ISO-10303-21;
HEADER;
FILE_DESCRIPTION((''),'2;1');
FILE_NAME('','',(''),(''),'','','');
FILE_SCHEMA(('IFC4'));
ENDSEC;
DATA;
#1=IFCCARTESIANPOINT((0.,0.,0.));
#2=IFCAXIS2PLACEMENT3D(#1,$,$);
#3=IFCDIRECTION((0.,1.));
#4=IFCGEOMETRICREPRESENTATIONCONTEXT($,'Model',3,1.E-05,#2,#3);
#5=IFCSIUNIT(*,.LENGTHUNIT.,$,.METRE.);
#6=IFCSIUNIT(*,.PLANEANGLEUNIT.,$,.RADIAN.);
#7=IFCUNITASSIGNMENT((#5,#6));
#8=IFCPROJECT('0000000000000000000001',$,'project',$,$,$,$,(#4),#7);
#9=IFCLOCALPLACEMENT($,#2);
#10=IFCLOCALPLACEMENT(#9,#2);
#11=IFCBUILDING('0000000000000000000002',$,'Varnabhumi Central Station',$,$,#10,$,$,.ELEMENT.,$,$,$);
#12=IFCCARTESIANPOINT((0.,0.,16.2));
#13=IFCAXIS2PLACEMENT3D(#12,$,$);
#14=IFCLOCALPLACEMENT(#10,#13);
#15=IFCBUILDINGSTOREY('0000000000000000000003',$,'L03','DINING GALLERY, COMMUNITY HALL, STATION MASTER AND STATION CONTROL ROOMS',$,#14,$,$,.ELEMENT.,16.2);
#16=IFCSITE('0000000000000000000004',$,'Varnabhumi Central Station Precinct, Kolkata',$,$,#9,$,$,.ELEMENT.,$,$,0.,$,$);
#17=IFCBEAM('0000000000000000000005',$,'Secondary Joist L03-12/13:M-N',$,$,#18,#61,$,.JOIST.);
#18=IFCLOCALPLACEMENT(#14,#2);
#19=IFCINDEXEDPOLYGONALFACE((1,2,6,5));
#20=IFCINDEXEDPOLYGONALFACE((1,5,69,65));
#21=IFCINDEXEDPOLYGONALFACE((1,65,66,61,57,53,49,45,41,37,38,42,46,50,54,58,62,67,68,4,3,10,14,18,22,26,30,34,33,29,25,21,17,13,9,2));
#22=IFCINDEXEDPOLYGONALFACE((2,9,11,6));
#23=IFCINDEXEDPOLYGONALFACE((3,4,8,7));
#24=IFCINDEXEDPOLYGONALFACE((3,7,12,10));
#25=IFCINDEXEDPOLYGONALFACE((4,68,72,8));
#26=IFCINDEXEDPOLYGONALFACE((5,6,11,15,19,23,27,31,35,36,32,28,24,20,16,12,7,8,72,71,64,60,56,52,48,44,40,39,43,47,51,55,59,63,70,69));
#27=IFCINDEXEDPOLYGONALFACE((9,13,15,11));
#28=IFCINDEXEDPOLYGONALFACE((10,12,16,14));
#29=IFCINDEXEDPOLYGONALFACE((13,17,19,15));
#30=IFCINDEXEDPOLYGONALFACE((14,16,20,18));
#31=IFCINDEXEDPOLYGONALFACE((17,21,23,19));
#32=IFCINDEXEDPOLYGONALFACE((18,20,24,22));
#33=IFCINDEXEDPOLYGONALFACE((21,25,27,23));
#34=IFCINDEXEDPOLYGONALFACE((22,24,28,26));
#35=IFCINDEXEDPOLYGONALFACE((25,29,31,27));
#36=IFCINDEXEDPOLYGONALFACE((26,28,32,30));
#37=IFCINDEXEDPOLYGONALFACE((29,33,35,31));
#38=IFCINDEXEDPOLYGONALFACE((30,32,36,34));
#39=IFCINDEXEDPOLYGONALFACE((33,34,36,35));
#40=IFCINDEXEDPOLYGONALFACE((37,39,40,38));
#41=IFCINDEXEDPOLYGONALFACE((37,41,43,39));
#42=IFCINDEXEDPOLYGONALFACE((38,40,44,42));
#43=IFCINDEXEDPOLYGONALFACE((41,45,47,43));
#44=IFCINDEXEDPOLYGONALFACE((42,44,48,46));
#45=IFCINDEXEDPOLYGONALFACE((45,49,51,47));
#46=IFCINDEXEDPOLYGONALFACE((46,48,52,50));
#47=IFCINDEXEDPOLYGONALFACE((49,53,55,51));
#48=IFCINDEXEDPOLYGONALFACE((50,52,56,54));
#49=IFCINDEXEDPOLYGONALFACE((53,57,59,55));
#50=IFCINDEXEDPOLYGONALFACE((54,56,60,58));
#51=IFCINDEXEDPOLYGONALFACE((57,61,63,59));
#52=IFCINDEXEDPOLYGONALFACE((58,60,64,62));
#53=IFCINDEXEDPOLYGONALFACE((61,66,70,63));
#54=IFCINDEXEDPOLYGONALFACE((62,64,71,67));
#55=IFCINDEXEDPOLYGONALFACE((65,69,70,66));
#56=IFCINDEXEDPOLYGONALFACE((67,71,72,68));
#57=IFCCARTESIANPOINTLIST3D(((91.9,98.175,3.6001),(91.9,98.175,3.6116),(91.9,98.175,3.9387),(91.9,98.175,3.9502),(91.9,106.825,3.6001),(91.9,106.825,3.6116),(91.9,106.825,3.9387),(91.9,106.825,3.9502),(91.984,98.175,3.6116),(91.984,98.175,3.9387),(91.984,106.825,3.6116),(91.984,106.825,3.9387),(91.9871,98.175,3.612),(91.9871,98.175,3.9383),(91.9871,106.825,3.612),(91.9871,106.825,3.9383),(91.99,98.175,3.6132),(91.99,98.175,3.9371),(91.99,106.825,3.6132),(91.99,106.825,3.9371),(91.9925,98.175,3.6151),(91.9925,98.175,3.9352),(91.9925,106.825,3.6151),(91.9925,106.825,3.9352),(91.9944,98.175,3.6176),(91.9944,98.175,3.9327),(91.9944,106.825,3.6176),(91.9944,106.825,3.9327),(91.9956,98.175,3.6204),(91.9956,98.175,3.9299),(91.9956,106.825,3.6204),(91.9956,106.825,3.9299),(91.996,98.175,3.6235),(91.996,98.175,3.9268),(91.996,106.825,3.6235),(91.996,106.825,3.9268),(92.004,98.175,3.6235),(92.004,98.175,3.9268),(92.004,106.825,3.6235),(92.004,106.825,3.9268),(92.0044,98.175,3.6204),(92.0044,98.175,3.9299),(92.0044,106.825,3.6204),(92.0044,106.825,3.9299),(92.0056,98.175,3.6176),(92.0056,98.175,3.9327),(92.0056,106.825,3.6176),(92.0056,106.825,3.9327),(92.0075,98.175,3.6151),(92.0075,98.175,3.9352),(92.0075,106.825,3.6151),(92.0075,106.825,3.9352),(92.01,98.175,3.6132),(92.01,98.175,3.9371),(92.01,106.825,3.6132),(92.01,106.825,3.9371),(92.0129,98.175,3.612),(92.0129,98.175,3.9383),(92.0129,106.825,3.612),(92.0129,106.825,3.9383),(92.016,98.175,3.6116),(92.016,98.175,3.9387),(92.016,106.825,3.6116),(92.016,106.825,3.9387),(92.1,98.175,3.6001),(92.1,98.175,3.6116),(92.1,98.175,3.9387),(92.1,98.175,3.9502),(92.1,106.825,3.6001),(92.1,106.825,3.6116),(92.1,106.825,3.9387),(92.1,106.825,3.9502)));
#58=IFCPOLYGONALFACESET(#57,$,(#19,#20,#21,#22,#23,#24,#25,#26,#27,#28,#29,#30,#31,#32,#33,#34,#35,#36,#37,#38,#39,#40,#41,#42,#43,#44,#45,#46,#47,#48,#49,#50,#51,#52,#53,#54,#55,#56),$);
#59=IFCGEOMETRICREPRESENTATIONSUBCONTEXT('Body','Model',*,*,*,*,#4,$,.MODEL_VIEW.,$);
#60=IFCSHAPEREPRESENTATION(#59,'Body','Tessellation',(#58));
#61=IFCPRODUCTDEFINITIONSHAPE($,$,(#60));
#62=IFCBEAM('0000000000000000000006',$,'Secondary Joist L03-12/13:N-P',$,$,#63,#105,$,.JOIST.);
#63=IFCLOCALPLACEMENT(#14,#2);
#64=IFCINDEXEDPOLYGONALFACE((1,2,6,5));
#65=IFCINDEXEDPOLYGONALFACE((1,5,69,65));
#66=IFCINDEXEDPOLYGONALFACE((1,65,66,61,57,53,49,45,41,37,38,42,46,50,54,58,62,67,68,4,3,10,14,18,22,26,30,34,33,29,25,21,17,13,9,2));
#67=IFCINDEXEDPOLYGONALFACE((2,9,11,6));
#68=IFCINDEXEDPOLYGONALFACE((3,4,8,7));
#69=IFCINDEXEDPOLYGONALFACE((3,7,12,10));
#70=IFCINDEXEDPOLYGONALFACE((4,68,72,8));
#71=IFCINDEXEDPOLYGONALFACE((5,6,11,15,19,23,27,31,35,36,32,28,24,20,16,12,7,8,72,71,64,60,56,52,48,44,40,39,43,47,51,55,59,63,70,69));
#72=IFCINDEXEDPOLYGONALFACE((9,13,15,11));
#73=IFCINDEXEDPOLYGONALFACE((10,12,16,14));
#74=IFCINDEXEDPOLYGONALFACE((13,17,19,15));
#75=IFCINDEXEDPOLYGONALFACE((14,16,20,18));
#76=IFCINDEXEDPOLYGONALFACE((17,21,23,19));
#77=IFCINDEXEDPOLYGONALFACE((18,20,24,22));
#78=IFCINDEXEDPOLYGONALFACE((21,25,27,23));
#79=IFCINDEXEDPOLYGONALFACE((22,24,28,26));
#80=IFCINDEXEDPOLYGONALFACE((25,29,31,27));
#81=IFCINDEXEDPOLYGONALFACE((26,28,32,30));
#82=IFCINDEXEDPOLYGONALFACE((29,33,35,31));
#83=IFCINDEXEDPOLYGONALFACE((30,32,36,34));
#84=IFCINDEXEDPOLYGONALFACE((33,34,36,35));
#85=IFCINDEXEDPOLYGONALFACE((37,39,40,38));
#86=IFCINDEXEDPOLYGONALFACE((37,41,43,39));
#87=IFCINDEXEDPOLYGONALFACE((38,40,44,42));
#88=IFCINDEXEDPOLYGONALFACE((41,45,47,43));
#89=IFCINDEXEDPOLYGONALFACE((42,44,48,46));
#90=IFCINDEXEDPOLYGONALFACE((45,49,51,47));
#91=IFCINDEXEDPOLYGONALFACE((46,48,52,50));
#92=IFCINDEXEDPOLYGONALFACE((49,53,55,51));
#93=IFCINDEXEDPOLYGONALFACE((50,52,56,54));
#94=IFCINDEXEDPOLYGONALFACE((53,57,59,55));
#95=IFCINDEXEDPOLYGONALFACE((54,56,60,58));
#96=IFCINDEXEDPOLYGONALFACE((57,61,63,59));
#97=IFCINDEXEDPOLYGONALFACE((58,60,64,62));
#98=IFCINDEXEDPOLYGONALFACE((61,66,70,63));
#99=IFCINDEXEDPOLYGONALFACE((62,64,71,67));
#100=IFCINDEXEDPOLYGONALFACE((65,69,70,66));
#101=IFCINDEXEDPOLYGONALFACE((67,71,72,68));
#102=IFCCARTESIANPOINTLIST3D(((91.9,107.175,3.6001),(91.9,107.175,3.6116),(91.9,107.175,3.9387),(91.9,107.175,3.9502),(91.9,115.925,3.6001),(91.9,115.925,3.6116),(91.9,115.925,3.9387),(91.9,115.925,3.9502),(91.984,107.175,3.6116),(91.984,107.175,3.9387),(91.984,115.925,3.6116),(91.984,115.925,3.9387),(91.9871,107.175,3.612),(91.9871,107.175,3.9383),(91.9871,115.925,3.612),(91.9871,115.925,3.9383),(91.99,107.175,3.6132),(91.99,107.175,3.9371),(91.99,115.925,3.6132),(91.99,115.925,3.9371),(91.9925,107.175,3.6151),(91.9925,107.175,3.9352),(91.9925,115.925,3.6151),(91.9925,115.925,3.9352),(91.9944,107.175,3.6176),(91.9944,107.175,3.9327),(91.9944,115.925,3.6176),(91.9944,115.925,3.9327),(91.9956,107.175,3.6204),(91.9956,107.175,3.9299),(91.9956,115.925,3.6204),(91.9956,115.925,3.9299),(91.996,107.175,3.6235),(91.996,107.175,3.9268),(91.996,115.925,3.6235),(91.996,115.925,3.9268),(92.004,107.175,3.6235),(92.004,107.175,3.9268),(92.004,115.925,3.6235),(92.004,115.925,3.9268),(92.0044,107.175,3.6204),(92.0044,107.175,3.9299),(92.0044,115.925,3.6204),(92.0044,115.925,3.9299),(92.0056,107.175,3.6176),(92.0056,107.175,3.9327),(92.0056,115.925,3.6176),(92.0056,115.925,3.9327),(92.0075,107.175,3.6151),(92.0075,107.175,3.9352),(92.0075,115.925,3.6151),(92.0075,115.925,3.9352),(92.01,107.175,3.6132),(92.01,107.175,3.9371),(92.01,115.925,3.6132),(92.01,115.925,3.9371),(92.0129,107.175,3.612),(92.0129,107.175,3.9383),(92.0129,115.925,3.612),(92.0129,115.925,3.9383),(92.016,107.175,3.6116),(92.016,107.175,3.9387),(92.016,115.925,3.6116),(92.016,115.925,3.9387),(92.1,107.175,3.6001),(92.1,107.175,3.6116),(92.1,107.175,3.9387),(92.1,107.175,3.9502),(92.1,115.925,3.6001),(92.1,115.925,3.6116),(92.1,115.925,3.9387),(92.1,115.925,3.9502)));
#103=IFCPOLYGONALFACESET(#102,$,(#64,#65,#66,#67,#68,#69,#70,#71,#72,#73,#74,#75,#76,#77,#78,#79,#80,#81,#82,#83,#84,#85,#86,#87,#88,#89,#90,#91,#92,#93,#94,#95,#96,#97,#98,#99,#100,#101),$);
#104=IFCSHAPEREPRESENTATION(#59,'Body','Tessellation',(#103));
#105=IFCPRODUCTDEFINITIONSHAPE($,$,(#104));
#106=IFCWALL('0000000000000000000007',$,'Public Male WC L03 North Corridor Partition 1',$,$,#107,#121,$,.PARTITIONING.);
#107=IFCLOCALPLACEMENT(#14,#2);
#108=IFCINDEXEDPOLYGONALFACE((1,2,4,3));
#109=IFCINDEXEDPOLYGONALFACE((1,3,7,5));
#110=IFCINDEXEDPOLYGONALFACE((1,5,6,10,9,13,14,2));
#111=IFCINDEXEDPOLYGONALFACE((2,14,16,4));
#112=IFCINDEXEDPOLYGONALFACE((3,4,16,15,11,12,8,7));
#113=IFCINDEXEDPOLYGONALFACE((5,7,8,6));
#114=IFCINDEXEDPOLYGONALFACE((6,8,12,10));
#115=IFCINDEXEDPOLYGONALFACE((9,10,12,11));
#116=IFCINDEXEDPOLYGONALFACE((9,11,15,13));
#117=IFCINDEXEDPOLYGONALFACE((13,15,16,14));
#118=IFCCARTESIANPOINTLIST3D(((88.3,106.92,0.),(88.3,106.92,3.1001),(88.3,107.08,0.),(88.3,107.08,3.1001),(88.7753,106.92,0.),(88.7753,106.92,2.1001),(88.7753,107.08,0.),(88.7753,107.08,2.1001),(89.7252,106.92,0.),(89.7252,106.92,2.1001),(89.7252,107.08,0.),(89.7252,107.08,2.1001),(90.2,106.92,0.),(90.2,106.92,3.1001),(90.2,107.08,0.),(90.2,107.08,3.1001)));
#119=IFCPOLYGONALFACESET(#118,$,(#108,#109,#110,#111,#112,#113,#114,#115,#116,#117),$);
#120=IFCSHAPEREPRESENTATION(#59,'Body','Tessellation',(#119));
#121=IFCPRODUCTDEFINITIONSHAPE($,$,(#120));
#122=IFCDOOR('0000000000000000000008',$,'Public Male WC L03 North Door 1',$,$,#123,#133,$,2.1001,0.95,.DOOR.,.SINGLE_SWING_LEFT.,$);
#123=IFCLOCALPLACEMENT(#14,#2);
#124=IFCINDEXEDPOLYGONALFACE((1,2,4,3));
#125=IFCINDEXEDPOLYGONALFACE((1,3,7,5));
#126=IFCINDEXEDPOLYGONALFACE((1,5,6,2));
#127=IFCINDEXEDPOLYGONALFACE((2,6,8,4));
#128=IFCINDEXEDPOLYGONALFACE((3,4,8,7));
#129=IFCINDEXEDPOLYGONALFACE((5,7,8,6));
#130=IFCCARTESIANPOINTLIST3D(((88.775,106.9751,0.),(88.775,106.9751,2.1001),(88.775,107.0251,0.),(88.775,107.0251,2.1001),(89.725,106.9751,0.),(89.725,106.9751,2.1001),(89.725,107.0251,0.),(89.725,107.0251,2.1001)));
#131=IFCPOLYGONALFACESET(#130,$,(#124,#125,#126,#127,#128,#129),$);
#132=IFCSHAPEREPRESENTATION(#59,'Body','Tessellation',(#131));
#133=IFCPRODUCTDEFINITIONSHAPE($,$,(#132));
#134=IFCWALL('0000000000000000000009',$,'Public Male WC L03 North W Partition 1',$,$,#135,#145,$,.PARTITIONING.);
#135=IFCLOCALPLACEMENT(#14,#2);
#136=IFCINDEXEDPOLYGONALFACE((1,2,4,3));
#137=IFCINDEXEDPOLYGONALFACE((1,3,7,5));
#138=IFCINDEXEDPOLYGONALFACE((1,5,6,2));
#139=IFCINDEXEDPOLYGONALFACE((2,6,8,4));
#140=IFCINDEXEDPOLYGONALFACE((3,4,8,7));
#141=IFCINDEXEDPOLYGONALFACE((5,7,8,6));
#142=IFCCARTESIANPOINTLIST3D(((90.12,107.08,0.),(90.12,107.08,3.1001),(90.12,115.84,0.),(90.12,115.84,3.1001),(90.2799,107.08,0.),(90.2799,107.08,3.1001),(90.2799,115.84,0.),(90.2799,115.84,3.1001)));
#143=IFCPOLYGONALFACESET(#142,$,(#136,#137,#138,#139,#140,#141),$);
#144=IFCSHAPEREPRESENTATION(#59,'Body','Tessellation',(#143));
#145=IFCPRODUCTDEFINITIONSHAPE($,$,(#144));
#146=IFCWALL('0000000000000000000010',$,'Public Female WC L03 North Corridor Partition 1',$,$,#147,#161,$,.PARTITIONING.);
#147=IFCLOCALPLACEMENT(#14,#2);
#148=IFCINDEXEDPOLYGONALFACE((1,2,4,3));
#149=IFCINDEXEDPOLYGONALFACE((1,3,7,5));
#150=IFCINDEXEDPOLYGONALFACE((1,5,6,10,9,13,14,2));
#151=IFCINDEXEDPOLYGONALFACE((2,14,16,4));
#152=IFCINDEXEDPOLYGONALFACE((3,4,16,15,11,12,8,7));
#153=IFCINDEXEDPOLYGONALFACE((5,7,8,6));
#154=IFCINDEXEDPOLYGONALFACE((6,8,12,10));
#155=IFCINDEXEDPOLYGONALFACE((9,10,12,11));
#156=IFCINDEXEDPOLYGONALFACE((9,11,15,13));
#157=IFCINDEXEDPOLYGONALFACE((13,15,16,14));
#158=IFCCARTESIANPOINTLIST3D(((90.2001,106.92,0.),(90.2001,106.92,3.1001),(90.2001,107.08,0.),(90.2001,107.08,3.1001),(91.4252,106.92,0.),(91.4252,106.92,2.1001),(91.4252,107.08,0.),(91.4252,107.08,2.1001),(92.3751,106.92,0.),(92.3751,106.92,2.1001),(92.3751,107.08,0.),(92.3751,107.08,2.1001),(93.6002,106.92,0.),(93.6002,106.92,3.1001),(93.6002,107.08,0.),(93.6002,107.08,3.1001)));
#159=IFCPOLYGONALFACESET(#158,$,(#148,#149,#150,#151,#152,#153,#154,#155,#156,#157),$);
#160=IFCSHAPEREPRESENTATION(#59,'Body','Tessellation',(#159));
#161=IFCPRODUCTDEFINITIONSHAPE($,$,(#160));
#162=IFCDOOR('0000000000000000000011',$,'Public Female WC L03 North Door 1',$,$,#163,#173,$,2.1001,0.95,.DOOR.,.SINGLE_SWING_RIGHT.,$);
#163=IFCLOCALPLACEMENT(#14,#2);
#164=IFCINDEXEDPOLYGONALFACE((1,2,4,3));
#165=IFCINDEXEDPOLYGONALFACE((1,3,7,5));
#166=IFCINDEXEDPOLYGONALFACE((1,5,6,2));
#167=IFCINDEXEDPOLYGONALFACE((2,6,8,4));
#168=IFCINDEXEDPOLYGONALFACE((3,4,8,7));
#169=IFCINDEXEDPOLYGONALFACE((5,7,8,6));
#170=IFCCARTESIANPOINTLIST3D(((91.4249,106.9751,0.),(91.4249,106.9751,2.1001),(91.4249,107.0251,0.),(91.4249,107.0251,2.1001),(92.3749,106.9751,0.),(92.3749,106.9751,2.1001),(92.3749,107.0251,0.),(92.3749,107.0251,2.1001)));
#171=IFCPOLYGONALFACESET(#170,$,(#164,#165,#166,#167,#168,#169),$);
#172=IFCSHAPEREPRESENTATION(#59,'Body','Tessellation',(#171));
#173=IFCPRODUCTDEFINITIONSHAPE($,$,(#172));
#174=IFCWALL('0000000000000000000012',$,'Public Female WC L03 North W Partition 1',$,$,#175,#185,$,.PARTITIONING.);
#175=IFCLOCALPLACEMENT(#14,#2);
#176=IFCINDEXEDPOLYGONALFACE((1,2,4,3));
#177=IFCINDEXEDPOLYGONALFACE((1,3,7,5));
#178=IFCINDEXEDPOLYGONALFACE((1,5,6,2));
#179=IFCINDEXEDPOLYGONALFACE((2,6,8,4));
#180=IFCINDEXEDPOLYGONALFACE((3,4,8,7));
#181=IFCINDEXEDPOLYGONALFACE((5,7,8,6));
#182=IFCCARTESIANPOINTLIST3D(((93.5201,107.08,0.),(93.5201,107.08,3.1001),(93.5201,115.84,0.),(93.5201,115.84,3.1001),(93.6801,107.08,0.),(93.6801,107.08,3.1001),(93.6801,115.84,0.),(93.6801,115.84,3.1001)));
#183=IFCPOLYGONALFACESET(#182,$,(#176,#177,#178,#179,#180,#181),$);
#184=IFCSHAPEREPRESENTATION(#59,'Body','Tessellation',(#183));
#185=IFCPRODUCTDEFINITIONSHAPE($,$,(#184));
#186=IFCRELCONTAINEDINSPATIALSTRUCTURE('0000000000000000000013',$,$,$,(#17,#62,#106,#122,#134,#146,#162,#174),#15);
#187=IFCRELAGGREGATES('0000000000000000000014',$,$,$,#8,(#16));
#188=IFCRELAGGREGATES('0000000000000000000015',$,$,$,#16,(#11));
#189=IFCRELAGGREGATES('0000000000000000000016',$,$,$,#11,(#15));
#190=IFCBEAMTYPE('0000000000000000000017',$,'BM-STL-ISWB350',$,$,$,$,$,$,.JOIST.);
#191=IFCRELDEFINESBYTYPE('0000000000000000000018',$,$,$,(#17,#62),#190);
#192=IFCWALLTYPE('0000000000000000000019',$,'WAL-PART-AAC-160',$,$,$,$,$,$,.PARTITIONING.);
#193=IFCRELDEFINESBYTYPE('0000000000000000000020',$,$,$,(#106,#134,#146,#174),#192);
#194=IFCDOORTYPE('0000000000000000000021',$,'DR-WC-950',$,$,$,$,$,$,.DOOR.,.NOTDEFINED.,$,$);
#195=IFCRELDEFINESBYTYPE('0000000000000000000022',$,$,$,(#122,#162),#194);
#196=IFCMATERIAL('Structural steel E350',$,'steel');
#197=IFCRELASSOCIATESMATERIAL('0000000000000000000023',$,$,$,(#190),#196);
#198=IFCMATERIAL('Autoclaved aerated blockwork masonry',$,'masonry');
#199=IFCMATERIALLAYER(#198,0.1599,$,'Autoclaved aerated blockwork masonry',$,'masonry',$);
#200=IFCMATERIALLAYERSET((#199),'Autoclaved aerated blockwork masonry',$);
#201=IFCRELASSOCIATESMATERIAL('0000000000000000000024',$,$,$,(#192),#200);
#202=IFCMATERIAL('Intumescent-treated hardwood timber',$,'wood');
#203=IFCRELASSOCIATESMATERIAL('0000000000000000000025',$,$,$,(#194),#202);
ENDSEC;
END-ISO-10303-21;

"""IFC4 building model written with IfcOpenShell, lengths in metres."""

from ifc_helpers import new_model, si_unit, direction, frame, frame_2d, origin, origin_2d, place, context, subcontext, project, spatial, rectangle, i_section, extrude, material, layer, layer_set, material_profile, profile_set, type_object, element, fill, save


model = new_model("IFC4")

# Units and contexts
model_context = context("Model", 3, precision=1e-05, world=origin(), true_north=direction((0.0, 1.0)))
body_context = subcontext(model_context, "Body", "Model", "MODEL_VIEW")
ifc_project = project(units=[si_unit("LENGTHUNIT", "METRE"), si_unit("PLANEANGLEUNIT", "RADIAN")], contexts=[model_context])

# Site, building, storey
site_placement = place(None, origin())
site = spatial("IfcSite", under=ifc_project, at=site_placement, Name="Varnabhumi Central Station Precinct, Kolkata", CompositionType="ELEMENT", RefElevation=0.0)
building_placement = place(site_placement, origin())
building = spatial("IfcBuilding", under=site, at=building_placement, Name="Varnabhumi Central Station", CompositionType="ELEMENT")
storey_placement = place(building_placement, frame((0.0, 0.0, 16.2)))
storey = spatial("IfcBuildingStorey", under=building, at=storey_placement, Name="L03", Description="DINING GALLERY, COMMUNITY HALL, STATION MASTER AND STATION CONTROL ROOMS", CompositionType="ELEMENT", Elevation=16.2)

# Beams
ifc_material_1 = material(Name="Structural steel E350", Category="steel")
ifc_material_profile_1 = material_profile(ifc_material_1, i_section(OverallWidth=0.2, OverallDepth=0.3501, WebThickness=0.0081, FlangeThickness=0.0115, FilletRadius=0.012, at=origin_2d()), Name="Structural steel E350", Category="steel")
ifc_profile_set_1 = profile_set([ifc_material_profile_1], Name="Structural steel E350")
beam_type_1 = type_object("IfcBeamType", Name="BM-STL-ISWB350", PredefinedType="JOIST", material=ifc_profile_set_1)
beam_1_placement = place(storey_placement, frame((92.0, 98.175, 3.7751), z_axis=(0.0, 1.0, 0.0), x_axis=(-1.0, 0.0, 0.0)))
element("IfcBeam", 1, at=beam_1_placement, inside=storey, type_object=beam_type_1, Name="Secondary Joist L03-12/13:M-N", PredefinedType="JOIST", context=body_context, shape_type="SweptSolid", body=[
    extrude(i_section(OverallWidth=0.2, OverallDepth=0.3501, WebThickness=0.0081, FlangeThickness=0.0115, FilletRadius=0.012, at=origin_2d()), origin(), (0.0, 0.0, 1.0), 8.6499),
])
beam_2_placement = place(storey_placement, frame((92.0, 107.175, 3.7751), z_axis=(0.0, 1.0, 0.0), x_axis=(-1.0, 0.0, 0.0)))
element("IfcBeam", 2, at=beam_2_placement, inside=storey, type_object=beam_type_1, Name="Secondary Joist L03-12/13:N-P", PredefinedType="JOIST", context=body_context, shape_type="SweptSolid", body=[
    extrude(i_section(OverallWidth=0.2, OverallDepth=0.3501, WebThickness=0.0081, FlangeThickness=0.0115, FilletRadius=0.012, at=origin_2d()), origin(), (0.0, 0.0, 1.0), 8.75),
])

# Wall, opening, door
ifc_material_2 = material(Name="Autoclaved aerated blockwork masonry", Category="masonry")
ifc_layer = layer(ifc_material_2, 0.1599, Name="Autoclaved aerated blockwork masonry", Category="masonry")
ifc_layer_set = layer_set([ifc_layer], Name="Autoclaved aerated blockwork masonry")
wall_type = type_object("IfcWallType", Name="WAL-PART-AAC-160", PredefinedType="PARTITIONING", material=ifc_layer_set)
wall_1_placement = place(storey_placement, frame((88.3, 107.0, 0.0), z_axis=(0.0, 0.0, 1.0), x_axis=(1.0, 0.0, 0.0)))
wall_1 = element("IfcWall", 3, at=wall_1_placement, inside=storey, type_object=wall_type, Name="Public Male WC L03 North Corridor Partition 1", PredefinedType="PARTITIONING", context=body_context, shape_type="SweptSolid", body=[
    extrude(rectangle(XDim=1.8999, YDim=0.1599, at=frame_2d((0.95, 0.0))), origin(), (0.0, 0.0, 1.0), 3.1001),
])
opening_1_placement = place(wall_1_placement, frame((0.4751, 0.0, 0.0)))
opening_1 = element("IfcOpeningElement", 4, at=opening_1_placement, cuts=wall_1, PredefinedType="OPENING", context=body_context, shape_type="SweptSolid", body=[
    extrude(rectangle(XDim=0.95, YDim=2.1001, at=frame_2d((0.4751, 1.05))), frame((0.0, 0.0898, 0.0), z_axis=(0.0, -1.0, 0.0), x_axis=(1.0, 0.0, 0.0)), (0.0, 0.0, 1.0), 0.1799),
])
ifc_material_3 = material(Name="Intumescent-treated hardwood timber", Category="wood")
door_type_1 = type_object("IfcDoorType", Name="DR-WC-950", OperationType="NOTDEFINED", PredefinedType="DOOR", material=ifc_material_3)
door_1_placement = place(opening_1_placement, frame((0.95, 0.0, 0.0), z_axis=(0.0, 0.0, 1.0), x_axis=(-1.0, 0.0, 0.0)))
door_1 = element("IfcDoor", 5, at=door_1_placement, inside=storey, type_object=door_type_1, Name="Public Male WC L03 North Door 1", OperationType="SINGLE_SWING_LEFT", OverallHeight=2.1001, OverallWidth=0.95, PredefinedType="DOOR", context=body_context, shape_type="SweptSolid", body=[
    extrude(rectangle(XDim=0.95, YDim=2.1001, at=frame_2d((0.4751, 1.05))), frame((0.0, 0.0249, 0.0), z_axis=(0.0, -1.0, 0.0), x_axis=(1.0, 0.0, 0.0)), (0.0, 0.0, 1.0), 0.05),
])
fill(opening_1, door_1)

# Wall
wall_2_placement = place(storey_placement, frame((90.2, 107.0801, 0.0), z_axis=(0.0, 0.0, 1.0), x_axis=(0.0, 1.0, 0.0)))
element("IfcWall", 6, at=wall_2_placement, inside=storey, type_object=wall_type, Name="Public Male WC L03 North W Partition 1", PredefinedType="PARTITIONING", context=body_context, shape_type="SweptSolid", body=[
    extrude(rectangle(XDim=8.76, YDim=0.1599, at=frame_2d((4.3799, 0.0))), origin(), (0.0, 0.0, 1.0), 3.1001),
])

# Wall, opening, door
wall_3_placement = place(storey_placement, frame((90.2, 107.0, 0.0), z_axis=(0.0, 0.0, 1.0), x_axis=(1.0, 0.0, 0.0)))
wall_3 = element("IfcWall", 7, at=wall_3_placement, inside=storey, type_object=wall_type, Name="Public Female WC L03 North Corridor Partition 1", PredefinedType="PARTITIONING", context=body_context, shape_type="SweptSolid", body=[
    extrude(rectangle(XDim=3.4001, YDim=0.1599, at=frame_2d((1.7002, 0.0))), origin(), (0.0, 0.0, 1.0), 3.1001),
])
opening_2_placement = place(wall_3_placement, frame((1.2251, 0.0, 0.0)))
opening_2 = element("IfcOpeningElement", 8, at=opening_2_placement, cuts=wall_3, PredefinedType="OPENING", context=body_context, shape_type="SweptSolid", body=[
    extrude(rectangle(XDim=0.95, YDim=2.1001, at=frame_2d((0.4751, 1.05))), frame((0.0, 0.0898, 0.0), z_axis=(0.0, -1.0, 0.0), x_axis=(1.0, 0.0, 0.0)), (0.0, 0.0, 1.0), 0.1799),
])
door_2_placement = place(opening_2_placement, frame((0.95, 0.0, 0.0), z_axis=(0.0, 0.0, 1.0), x_axis=(-1.0, 0.0, 0.0)))
door_2 = element("IfcDoor", 9, at=door_2_placement, inside=storey, type_object=door_type_1, Name="Public Female WC L03 North Door 1", OperationType="SINGLE_SWING_RIGHT", OverallHeight=2.1001, OverallWidth=0.95, PredefinedType="DOOR", context=body_context, shape_type="SweptSolid", body=[
    extrude(rectangle(XDim=0.95, YDim=2.1001, at=frame_2d((0.4751, 1.05))), frame((0.0, 0.0249, 0.0), z_axis=(0.0, -1.0, 0.0), x_axis=(1.0, 0.0, 0.0)), (0.0, 0.0, 1.0), 0.05),
])
fill(opening_2, door_2)

# Wall
wall_4_placement = place(storey_placement, frame((93.6001, 107.0801, 0.0), z_axis=(0.0, 0.0, 1.0), x_axis=(0.0, 1.0, 0.0)))
element("IfcWall", 10, at=wall_4_placement, inside=storey, type_object=wall_type, Name="Public Female WC L03 North W Partition 1", PredefinedType="PARTITIONING", context=body_context, shape_type="SweptSolid", body=[
    extrude(rectangle(XDim=8.76, YDim=0.1599, at=frame_2d((4.3799, 0.0))), origin(), (0.0, 0.0, 1.0), 3.1001),
])

save(model, "model.ifc")
